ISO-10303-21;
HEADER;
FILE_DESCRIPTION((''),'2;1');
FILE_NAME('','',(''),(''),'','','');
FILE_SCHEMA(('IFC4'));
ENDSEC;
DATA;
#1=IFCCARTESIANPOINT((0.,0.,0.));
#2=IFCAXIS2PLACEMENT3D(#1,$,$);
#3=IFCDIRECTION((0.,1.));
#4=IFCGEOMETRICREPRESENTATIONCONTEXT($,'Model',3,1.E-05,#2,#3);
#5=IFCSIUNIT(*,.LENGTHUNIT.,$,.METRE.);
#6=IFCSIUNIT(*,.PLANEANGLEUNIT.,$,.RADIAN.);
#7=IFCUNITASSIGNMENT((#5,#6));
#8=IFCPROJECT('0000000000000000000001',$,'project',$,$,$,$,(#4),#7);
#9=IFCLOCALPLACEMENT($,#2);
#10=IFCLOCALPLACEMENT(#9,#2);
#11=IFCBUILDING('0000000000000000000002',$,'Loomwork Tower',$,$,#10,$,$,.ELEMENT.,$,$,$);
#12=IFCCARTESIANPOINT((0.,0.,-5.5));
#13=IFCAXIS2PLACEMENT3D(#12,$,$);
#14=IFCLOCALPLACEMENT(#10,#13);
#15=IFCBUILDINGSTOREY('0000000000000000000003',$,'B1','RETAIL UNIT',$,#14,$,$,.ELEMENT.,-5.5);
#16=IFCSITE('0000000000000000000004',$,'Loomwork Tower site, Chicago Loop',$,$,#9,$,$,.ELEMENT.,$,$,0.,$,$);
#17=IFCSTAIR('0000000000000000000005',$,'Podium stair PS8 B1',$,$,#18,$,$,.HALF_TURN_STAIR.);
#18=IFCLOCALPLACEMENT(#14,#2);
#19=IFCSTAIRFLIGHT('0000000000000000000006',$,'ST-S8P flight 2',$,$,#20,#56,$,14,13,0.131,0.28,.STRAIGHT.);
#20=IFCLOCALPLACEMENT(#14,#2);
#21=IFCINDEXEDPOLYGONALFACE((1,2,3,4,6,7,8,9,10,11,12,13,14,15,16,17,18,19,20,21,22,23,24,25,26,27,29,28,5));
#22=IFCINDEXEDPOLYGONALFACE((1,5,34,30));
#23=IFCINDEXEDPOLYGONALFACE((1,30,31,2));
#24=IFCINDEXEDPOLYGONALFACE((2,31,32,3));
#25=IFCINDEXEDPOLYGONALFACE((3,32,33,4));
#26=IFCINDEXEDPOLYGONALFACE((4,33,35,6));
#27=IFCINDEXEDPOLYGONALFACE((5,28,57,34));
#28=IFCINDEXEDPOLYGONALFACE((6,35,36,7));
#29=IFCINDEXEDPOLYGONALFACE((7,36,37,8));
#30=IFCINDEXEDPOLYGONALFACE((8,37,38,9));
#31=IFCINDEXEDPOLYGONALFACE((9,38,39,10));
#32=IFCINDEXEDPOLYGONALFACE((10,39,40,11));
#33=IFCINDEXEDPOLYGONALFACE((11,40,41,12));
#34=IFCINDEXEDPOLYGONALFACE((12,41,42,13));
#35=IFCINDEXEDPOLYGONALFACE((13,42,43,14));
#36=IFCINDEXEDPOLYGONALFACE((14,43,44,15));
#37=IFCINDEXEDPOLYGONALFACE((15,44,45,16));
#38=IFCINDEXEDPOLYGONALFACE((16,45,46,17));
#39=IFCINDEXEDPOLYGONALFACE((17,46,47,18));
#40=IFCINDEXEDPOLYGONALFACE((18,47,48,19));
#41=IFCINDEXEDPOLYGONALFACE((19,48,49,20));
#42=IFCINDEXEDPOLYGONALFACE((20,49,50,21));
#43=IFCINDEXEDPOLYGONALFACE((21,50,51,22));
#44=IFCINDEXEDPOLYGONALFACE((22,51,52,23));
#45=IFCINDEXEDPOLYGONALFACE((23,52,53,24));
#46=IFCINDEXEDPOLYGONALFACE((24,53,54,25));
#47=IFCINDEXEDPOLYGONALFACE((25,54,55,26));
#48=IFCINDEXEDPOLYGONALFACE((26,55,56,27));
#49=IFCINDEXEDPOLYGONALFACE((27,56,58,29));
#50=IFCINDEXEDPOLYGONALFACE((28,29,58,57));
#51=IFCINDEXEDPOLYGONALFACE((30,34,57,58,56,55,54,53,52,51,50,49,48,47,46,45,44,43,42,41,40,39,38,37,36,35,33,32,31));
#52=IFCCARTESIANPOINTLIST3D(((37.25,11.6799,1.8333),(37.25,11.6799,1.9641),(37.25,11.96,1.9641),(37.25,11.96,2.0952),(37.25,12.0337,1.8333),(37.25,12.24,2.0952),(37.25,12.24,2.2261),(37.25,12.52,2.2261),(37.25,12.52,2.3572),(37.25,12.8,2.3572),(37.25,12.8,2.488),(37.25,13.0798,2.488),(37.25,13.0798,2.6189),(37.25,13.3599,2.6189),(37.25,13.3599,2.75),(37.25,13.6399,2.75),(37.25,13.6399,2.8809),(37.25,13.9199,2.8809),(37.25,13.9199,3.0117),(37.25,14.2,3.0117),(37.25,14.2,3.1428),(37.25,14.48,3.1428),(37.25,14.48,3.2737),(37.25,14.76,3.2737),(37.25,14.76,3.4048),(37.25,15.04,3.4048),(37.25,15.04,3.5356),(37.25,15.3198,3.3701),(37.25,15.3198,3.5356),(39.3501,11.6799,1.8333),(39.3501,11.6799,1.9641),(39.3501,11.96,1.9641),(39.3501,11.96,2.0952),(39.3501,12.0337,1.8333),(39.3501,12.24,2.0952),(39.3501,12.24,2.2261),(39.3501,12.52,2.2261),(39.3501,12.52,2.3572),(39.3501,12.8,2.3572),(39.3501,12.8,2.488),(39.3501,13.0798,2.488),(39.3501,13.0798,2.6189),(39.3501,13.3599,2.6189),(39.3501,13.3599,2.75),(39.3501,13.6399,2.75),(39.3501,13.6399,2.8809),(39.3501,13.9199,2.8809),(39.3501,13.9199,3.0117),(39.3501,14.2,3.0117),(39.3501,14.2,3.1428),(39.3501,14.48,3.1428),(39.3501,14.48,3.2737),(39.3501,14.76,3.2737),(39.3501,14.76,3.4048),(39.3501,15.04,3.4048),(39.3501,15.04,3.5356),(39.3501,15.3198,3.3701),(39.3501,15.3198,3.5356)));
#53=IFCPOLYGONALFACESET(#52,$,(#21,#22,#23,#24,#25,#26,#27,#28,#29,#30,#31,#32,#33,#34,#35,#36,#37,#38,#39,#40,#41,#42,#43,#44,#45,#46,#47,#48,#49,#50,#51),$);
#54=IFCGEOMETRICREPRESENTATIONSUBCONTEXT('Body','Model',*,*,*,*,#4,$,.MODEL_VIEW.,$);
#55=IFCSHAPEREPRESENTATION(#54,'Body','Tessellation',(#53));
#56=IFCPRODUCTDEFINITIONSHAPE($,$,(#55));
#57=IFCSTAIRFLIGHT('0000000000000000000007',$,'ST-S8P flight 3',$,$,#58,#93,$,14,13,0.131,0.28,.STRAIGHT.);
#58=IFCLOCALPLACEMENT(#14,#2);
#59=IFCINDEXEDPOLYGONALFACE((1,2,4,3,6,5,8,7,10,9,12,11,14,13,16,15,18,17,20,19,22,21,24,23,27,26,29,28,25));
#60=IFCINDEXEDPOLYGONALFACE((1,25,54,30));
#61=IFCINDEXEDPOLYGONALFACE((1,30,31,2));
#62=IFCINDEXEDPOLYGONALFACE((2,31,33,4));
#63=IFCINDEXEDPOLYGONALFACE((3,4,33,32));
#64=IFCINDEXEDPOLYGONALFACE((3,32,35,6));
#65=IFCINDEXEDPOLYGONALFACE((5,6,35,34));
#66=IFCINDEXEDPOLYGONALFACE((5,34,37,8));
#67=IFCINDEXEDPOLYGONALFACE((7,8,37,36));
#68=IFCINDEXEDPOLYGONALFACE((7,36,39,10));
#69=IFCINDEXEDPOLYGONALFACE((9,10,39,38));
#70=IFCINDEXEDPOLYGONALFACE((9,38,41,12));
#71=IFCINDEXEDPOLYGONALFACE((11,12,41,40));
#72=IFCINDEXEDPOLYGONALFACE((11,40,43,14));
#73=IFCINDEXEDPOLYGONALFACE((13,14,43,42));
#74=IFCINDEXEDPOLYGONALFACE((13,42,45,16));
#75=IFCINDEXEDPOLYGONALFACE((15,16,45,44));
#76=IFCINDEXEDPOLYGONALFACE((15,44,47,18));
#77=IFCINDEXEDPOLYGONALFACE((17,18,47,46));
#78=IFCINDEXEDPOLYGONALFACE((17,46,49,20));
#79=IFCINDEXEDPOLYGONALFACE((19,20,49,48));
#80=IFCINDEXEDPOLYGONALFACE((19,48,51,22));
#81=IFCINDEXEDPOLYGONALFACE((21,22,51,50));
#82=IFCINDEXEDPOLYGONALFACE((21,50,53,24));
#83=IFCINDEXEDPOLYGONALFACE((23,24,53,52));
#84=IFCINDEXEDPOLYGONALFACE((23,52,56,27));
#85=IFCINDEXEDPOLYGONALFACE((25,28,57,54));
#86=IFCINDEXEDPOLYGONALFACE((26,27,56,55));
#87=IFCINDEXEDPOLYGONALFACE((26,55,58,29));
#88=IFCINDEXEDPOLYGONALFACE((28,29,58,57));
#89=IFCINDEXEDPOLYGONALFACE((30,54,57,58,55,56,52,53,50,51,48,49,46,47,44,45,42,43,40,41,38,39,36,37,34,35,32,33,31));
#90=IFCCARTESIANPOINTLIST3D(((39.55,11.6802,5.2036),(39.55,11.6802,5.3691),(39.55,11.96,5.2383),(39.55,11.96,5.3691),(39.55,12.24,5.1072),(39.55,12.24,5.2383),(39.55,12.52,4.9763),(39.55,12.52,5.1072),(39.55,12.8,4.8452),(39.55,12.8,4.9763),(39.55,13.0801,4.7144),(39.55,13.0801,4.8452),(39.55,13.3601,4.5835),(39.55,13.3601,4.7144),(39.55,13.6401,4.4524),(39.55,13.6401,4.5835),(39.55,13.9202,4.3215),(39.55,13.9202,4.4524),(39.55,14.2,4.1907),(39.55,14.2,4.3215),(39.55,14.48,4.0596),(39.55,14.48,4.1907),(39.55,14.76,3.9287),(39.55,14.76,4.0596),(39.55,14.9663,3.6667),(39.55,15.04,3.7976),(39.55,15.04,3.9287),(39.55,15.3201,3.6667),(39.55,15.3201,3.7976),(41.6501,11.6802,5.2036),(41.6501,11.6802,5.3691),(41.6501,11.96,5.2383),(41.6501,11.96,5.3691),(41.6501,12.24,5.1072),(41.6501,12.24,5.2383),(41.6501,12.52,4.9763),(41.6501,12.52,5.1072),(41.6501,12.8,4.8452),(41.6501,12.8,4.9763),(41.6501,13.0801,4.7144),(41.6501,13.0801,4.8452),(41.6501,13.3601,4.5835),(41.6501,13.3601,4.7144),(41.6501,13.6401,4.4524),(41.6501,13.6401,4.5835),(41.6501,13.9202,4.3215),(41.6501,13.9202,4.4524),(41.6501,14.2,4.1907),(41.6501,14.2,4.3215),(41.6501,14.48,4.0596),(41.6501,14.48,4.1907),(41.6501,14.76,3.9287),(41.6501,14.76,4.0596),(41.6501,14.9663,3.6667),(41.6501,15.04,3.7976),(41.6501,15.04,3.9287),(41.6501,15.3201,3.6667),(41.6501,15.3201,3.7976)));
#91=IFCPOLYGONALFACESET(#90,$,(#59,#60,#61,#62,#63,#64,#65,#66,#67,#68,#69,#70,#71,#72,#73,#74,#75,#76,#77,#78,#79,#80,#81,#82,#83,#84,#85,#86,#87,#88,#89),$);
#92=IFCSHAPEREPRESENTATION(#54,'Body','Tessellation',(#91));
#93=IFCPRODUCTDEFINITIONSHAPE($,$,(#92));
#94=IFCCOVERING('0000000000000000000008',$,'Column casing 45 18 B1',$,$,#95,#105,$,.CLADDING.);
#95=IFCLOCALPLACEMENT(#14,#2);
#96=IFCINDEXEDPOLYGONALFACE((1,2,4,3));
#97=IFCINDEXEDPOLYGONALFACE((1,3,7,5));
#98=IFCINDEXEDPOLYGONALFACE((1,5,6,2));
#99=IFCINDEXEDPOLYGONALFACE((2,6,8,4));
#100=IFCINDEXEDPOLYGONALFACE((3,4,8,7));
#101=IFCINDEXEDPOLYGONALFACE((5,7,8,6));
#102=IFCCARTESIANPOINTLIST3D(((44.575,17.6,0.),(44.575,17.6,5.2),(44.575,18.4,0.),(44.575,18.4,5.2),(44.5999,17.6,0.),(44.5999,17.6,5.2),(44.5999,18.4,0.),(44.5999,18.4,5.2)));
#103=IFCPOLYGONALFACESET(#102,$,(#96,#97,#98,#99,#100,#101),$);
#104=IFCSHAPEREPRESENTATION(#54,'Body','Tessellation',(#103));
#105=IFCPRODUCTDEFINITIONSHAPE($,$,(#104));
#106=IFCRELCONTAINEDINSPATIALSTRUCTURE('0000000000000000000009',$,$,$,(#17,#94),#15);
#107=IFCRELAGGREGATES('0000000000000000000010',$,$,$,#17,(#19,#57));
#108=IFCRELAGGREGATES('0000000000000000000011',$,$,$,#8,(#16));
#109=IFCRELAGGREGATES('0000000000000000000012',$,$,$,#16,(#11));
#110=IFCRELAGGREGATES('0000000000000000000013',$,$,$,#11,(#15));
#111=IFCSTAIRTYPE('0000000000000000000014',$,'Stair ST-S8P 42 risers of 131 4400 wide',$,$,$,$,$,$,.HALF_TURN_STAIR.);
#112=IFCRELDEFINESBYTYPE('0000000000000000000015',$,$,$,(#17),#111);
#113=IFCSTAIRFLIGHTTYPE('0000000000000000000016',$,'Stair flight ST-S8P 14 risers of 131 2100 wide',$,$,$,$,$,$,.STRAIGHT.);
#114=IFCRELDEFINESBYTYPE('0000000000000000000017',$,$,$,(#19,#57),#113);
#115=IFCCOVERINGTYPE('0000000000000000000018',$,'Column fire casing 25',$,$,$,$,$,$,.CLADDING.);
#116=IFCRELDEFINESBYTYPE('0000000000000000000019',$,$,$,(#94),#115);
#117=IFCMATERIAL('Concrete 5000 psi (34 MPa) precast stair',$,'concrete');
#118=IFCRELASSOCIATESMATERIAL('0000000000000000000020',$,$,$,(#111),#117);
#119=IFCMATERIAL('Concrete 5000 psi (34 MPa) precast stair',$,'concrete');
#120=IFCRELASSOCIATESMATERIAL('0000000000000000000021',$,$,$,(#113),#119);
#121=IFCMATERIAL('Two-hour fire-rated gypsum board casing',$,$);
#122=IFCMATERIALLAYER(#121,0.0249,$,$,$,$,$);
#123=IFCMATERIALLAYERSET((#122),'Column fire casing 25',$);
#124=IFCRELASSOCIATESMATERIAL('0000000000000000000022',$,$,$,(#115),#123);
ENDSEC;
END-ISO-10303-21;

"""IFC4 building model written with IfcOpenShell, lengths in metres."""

from ifc_helpers import new_model, si_unit, direction, frame, origin, origin_2d, place, context, subcontext, project, spatial, polyline, rectangle, outline, extrude, material, layer, layer_set, type_object, element, aggregate, save


model = new_model("IFC4")

# Units and contexts
model_context = context("Model", 3, precision=1e-05, world=origin(), true_north=direction((0.0, 1.0)))
body_context = subcontext(model_context, "Body", "Model", "MODEL_VIEW")
ifc_project = project(units=[si_unit("LENGTHUNIT", "METRE"), si_unit("PLANEANGLEUNIT", "RADIAN")], contexts=[model_context])

# Site, building, storey
site_placement = place(None, origin())
site = spatial("IfcSite", under=ifc_project, at=site_placement, Name="Loomwork Tower site, Chicago Loop", CompositionType="ELEMENT", RefElevation=0.0)
building_placement = place(site_placement, origin())
building = spatial("IfcBuilding", under=site, at=building_placement, Name="Loomwork Tower", CompositionType="ELEMENT")
storey_placement = place(building_placement, frame((0.0, 0.0, -5.5)))
storey = spatial("IfcBuildingStorey", under=building, at=storey_placement, Name="B1", Description="RETAIL UNIT", CompositionType="ELEMENT", Elevation=-5.5)

# Stair, stair flights
ifc_material_1 = material(Name="Concrete 5000 psi (34 MPa) precast stair", Category="concrete")
stair_type_1 = type_object("IfcStairType", Name="Stair ST-S8P 42 risers of 131 4400 wide", PredefinedType="HALF_TURN_STAIR", material=ifc_material_1)
stair_1_placement = place(storey_placement, origin())
stair_1 = element("IfcStair", 1, at=stair_1_placement, inside=storey, type_object=stair_type_1, Name="Podium stair PS8 B1", PredefinedType="HALF_TURN_STAIR")
ifc_material_2 = material(Name="Concrete 5000 psi (34 MPa) precast stair", Category="concrete")
stair_flight_type_1 = type_object("IfcStairFlightType", Name="Stair flight ST-S8P 14 risers of 131 2100 wide", PredefinedType="STRAIGHT", material=ifc_material_2)
stair_flight_1_placement = place(storey_placement, frame((38.3, 11.6799, 1.8333), z_axis=(0.0, 0.0, 1.0), x_axis=(0.0, 1.0, 0.0)))
stair_flight_1 = element("IfcStairFlight", 2, at=stair_flight_1_placement, type_object=stair_flight_type_1, Name="ST-S8P flight 2", NumberOfRisers=14, NumberOfTreads=13, PredefinedType="STRAIGHT", RiserHeight=0.131, TreadLength=0.28, context=body_context, shape_type="SweptSolid", body=[
    extrude(outline(polyline([(0.0, 0.0), (0.0, 0.1309), (0.28, 0.1309), (0.28, 0.262), (0.5601, 0.262), (0.5601, 0.3928), (0.8401, 0.3928), (0.8401, 0.5239), (1.1201, 0.5239), (1.1201, 0.6548), (1.3999, 0.6548), (1.3999, 0.7856), (1.6799, 0.7856), (1.6799, 0.9167), (1.96, 0.9167), (1.96, 1.0476), (2.24, 1.0476), (2.24, 1.1785), (2.52, 1.1785), (2.52, 1.3096), (2.8, 1.3096), (2.8, 1.4404), (3.0801, 1.4404), (3.0801, 1.5715), (3.3601, 1.5715), (3.3601, 1.7024), (3.6399, 1.7024), (3.6399, 1.8333), (3.6399, 1.5369), (0.3538, 0.0), (0.0, 0.0)])), frame((0.0, 1.05, 0.0), z_axis=(0.0, -1.0, 0.0), x_axis=(1.0, 0.0, 0.0)), (0.0, 0.0, 1.0), 2.1001),
])
stair_flight_2_placement = place(storey_placement, frame((40.6001, 15.3201, 3.6667), z_axis=(0.0, 0.0, 1.0), x_axis=(0.0, -1.0, 0.0)))
stair_flight_2 = element("IfcStairFlight", 3, at=stair_flight_2_placement, type_object=stair_flight_type_1, Name="ST-S8P flight 3", NumberOfRisers=14, NumberOfTreads=13, PredefinedType="STRAIGHT", RiserHeight=0.131, TreadLength=0.28, context=body_context, shape_type="SweptSolid", body=[
    extrude(outline(polyline([(0.0, 0.0), (0.0, 0.1309), (0.28, 0.1309), (0.28, 0.262), (0.5601, 0.262), (0.5601, 0.3928), (0.8401, 0.3928), (0.8401, 0.5239), (1.1201, 0.5239), (1.1201, 0.6548), (1.3999, 0.6548), (1.3999, 0.7856), (1.6799, 0.7856), (1.6799, 0.9167), (1.96, 0.9167), (1.96, 1.0476), (2.24, 1.0476), (2.24, 1.1785), (2.52, 1.1785), (2.52, 1.3096), (2.8, 1.3096), (2.8, 1.4404), (3.0801, 1.4404), (3.0801, 1.5715), (3.3601, 1.5715), (3.3601, 1.7024), (3.6399, 1.7024), (3.6399, 1.8333), (3.6399, 1.5369), (0.3538, 0.0), (0.0, 0.0)])), frame((0.0, 1.05, 0.0), z_axis=(0.0, -1.0, 0.0), x_axis=(1.0, 0.0, 0.0)), (0.0, 0.0, 1.0), 2.1001),
])
aggregate(stair_1, [stair_flight_1, stair_flight_2])

# Covering
ifc_material_3 = material(Name="Two-hour fire-rated gypsum board casing")
ifc_layer_1 = layer(ifc_material_3, 0.0249)
ifc_layer_set_1 = layer_set([ifc_layer_1], Name="Column fire casing 25")
covering_type = type_object("IfcCoveringType", Name="Column fire casing 25", PredefinedType="CLADDING", material=ifc_layer_set_1)
covering_placement = place(storey_placement, frame((44.5874, 18.0, 0.0), z_axis=(0.0, 0.0, 1.0), x_axis=(1.0, 0.0, 0.0)))
element("IfcCovering", 4, at=covering_placement, inside=storey, type_object=covering_type, Name="Column casing 45 18 B1", PredefinedType="CLADDING", context=body_context, shape_type="SweptSolid", body=[
    extrude(rectangle(XDim=0.0249, YDim=0.8, at=origin_2d()), origin(), (0.0, 0.0, 1.0), 5.2),
])

save(model, "model.ifc")
